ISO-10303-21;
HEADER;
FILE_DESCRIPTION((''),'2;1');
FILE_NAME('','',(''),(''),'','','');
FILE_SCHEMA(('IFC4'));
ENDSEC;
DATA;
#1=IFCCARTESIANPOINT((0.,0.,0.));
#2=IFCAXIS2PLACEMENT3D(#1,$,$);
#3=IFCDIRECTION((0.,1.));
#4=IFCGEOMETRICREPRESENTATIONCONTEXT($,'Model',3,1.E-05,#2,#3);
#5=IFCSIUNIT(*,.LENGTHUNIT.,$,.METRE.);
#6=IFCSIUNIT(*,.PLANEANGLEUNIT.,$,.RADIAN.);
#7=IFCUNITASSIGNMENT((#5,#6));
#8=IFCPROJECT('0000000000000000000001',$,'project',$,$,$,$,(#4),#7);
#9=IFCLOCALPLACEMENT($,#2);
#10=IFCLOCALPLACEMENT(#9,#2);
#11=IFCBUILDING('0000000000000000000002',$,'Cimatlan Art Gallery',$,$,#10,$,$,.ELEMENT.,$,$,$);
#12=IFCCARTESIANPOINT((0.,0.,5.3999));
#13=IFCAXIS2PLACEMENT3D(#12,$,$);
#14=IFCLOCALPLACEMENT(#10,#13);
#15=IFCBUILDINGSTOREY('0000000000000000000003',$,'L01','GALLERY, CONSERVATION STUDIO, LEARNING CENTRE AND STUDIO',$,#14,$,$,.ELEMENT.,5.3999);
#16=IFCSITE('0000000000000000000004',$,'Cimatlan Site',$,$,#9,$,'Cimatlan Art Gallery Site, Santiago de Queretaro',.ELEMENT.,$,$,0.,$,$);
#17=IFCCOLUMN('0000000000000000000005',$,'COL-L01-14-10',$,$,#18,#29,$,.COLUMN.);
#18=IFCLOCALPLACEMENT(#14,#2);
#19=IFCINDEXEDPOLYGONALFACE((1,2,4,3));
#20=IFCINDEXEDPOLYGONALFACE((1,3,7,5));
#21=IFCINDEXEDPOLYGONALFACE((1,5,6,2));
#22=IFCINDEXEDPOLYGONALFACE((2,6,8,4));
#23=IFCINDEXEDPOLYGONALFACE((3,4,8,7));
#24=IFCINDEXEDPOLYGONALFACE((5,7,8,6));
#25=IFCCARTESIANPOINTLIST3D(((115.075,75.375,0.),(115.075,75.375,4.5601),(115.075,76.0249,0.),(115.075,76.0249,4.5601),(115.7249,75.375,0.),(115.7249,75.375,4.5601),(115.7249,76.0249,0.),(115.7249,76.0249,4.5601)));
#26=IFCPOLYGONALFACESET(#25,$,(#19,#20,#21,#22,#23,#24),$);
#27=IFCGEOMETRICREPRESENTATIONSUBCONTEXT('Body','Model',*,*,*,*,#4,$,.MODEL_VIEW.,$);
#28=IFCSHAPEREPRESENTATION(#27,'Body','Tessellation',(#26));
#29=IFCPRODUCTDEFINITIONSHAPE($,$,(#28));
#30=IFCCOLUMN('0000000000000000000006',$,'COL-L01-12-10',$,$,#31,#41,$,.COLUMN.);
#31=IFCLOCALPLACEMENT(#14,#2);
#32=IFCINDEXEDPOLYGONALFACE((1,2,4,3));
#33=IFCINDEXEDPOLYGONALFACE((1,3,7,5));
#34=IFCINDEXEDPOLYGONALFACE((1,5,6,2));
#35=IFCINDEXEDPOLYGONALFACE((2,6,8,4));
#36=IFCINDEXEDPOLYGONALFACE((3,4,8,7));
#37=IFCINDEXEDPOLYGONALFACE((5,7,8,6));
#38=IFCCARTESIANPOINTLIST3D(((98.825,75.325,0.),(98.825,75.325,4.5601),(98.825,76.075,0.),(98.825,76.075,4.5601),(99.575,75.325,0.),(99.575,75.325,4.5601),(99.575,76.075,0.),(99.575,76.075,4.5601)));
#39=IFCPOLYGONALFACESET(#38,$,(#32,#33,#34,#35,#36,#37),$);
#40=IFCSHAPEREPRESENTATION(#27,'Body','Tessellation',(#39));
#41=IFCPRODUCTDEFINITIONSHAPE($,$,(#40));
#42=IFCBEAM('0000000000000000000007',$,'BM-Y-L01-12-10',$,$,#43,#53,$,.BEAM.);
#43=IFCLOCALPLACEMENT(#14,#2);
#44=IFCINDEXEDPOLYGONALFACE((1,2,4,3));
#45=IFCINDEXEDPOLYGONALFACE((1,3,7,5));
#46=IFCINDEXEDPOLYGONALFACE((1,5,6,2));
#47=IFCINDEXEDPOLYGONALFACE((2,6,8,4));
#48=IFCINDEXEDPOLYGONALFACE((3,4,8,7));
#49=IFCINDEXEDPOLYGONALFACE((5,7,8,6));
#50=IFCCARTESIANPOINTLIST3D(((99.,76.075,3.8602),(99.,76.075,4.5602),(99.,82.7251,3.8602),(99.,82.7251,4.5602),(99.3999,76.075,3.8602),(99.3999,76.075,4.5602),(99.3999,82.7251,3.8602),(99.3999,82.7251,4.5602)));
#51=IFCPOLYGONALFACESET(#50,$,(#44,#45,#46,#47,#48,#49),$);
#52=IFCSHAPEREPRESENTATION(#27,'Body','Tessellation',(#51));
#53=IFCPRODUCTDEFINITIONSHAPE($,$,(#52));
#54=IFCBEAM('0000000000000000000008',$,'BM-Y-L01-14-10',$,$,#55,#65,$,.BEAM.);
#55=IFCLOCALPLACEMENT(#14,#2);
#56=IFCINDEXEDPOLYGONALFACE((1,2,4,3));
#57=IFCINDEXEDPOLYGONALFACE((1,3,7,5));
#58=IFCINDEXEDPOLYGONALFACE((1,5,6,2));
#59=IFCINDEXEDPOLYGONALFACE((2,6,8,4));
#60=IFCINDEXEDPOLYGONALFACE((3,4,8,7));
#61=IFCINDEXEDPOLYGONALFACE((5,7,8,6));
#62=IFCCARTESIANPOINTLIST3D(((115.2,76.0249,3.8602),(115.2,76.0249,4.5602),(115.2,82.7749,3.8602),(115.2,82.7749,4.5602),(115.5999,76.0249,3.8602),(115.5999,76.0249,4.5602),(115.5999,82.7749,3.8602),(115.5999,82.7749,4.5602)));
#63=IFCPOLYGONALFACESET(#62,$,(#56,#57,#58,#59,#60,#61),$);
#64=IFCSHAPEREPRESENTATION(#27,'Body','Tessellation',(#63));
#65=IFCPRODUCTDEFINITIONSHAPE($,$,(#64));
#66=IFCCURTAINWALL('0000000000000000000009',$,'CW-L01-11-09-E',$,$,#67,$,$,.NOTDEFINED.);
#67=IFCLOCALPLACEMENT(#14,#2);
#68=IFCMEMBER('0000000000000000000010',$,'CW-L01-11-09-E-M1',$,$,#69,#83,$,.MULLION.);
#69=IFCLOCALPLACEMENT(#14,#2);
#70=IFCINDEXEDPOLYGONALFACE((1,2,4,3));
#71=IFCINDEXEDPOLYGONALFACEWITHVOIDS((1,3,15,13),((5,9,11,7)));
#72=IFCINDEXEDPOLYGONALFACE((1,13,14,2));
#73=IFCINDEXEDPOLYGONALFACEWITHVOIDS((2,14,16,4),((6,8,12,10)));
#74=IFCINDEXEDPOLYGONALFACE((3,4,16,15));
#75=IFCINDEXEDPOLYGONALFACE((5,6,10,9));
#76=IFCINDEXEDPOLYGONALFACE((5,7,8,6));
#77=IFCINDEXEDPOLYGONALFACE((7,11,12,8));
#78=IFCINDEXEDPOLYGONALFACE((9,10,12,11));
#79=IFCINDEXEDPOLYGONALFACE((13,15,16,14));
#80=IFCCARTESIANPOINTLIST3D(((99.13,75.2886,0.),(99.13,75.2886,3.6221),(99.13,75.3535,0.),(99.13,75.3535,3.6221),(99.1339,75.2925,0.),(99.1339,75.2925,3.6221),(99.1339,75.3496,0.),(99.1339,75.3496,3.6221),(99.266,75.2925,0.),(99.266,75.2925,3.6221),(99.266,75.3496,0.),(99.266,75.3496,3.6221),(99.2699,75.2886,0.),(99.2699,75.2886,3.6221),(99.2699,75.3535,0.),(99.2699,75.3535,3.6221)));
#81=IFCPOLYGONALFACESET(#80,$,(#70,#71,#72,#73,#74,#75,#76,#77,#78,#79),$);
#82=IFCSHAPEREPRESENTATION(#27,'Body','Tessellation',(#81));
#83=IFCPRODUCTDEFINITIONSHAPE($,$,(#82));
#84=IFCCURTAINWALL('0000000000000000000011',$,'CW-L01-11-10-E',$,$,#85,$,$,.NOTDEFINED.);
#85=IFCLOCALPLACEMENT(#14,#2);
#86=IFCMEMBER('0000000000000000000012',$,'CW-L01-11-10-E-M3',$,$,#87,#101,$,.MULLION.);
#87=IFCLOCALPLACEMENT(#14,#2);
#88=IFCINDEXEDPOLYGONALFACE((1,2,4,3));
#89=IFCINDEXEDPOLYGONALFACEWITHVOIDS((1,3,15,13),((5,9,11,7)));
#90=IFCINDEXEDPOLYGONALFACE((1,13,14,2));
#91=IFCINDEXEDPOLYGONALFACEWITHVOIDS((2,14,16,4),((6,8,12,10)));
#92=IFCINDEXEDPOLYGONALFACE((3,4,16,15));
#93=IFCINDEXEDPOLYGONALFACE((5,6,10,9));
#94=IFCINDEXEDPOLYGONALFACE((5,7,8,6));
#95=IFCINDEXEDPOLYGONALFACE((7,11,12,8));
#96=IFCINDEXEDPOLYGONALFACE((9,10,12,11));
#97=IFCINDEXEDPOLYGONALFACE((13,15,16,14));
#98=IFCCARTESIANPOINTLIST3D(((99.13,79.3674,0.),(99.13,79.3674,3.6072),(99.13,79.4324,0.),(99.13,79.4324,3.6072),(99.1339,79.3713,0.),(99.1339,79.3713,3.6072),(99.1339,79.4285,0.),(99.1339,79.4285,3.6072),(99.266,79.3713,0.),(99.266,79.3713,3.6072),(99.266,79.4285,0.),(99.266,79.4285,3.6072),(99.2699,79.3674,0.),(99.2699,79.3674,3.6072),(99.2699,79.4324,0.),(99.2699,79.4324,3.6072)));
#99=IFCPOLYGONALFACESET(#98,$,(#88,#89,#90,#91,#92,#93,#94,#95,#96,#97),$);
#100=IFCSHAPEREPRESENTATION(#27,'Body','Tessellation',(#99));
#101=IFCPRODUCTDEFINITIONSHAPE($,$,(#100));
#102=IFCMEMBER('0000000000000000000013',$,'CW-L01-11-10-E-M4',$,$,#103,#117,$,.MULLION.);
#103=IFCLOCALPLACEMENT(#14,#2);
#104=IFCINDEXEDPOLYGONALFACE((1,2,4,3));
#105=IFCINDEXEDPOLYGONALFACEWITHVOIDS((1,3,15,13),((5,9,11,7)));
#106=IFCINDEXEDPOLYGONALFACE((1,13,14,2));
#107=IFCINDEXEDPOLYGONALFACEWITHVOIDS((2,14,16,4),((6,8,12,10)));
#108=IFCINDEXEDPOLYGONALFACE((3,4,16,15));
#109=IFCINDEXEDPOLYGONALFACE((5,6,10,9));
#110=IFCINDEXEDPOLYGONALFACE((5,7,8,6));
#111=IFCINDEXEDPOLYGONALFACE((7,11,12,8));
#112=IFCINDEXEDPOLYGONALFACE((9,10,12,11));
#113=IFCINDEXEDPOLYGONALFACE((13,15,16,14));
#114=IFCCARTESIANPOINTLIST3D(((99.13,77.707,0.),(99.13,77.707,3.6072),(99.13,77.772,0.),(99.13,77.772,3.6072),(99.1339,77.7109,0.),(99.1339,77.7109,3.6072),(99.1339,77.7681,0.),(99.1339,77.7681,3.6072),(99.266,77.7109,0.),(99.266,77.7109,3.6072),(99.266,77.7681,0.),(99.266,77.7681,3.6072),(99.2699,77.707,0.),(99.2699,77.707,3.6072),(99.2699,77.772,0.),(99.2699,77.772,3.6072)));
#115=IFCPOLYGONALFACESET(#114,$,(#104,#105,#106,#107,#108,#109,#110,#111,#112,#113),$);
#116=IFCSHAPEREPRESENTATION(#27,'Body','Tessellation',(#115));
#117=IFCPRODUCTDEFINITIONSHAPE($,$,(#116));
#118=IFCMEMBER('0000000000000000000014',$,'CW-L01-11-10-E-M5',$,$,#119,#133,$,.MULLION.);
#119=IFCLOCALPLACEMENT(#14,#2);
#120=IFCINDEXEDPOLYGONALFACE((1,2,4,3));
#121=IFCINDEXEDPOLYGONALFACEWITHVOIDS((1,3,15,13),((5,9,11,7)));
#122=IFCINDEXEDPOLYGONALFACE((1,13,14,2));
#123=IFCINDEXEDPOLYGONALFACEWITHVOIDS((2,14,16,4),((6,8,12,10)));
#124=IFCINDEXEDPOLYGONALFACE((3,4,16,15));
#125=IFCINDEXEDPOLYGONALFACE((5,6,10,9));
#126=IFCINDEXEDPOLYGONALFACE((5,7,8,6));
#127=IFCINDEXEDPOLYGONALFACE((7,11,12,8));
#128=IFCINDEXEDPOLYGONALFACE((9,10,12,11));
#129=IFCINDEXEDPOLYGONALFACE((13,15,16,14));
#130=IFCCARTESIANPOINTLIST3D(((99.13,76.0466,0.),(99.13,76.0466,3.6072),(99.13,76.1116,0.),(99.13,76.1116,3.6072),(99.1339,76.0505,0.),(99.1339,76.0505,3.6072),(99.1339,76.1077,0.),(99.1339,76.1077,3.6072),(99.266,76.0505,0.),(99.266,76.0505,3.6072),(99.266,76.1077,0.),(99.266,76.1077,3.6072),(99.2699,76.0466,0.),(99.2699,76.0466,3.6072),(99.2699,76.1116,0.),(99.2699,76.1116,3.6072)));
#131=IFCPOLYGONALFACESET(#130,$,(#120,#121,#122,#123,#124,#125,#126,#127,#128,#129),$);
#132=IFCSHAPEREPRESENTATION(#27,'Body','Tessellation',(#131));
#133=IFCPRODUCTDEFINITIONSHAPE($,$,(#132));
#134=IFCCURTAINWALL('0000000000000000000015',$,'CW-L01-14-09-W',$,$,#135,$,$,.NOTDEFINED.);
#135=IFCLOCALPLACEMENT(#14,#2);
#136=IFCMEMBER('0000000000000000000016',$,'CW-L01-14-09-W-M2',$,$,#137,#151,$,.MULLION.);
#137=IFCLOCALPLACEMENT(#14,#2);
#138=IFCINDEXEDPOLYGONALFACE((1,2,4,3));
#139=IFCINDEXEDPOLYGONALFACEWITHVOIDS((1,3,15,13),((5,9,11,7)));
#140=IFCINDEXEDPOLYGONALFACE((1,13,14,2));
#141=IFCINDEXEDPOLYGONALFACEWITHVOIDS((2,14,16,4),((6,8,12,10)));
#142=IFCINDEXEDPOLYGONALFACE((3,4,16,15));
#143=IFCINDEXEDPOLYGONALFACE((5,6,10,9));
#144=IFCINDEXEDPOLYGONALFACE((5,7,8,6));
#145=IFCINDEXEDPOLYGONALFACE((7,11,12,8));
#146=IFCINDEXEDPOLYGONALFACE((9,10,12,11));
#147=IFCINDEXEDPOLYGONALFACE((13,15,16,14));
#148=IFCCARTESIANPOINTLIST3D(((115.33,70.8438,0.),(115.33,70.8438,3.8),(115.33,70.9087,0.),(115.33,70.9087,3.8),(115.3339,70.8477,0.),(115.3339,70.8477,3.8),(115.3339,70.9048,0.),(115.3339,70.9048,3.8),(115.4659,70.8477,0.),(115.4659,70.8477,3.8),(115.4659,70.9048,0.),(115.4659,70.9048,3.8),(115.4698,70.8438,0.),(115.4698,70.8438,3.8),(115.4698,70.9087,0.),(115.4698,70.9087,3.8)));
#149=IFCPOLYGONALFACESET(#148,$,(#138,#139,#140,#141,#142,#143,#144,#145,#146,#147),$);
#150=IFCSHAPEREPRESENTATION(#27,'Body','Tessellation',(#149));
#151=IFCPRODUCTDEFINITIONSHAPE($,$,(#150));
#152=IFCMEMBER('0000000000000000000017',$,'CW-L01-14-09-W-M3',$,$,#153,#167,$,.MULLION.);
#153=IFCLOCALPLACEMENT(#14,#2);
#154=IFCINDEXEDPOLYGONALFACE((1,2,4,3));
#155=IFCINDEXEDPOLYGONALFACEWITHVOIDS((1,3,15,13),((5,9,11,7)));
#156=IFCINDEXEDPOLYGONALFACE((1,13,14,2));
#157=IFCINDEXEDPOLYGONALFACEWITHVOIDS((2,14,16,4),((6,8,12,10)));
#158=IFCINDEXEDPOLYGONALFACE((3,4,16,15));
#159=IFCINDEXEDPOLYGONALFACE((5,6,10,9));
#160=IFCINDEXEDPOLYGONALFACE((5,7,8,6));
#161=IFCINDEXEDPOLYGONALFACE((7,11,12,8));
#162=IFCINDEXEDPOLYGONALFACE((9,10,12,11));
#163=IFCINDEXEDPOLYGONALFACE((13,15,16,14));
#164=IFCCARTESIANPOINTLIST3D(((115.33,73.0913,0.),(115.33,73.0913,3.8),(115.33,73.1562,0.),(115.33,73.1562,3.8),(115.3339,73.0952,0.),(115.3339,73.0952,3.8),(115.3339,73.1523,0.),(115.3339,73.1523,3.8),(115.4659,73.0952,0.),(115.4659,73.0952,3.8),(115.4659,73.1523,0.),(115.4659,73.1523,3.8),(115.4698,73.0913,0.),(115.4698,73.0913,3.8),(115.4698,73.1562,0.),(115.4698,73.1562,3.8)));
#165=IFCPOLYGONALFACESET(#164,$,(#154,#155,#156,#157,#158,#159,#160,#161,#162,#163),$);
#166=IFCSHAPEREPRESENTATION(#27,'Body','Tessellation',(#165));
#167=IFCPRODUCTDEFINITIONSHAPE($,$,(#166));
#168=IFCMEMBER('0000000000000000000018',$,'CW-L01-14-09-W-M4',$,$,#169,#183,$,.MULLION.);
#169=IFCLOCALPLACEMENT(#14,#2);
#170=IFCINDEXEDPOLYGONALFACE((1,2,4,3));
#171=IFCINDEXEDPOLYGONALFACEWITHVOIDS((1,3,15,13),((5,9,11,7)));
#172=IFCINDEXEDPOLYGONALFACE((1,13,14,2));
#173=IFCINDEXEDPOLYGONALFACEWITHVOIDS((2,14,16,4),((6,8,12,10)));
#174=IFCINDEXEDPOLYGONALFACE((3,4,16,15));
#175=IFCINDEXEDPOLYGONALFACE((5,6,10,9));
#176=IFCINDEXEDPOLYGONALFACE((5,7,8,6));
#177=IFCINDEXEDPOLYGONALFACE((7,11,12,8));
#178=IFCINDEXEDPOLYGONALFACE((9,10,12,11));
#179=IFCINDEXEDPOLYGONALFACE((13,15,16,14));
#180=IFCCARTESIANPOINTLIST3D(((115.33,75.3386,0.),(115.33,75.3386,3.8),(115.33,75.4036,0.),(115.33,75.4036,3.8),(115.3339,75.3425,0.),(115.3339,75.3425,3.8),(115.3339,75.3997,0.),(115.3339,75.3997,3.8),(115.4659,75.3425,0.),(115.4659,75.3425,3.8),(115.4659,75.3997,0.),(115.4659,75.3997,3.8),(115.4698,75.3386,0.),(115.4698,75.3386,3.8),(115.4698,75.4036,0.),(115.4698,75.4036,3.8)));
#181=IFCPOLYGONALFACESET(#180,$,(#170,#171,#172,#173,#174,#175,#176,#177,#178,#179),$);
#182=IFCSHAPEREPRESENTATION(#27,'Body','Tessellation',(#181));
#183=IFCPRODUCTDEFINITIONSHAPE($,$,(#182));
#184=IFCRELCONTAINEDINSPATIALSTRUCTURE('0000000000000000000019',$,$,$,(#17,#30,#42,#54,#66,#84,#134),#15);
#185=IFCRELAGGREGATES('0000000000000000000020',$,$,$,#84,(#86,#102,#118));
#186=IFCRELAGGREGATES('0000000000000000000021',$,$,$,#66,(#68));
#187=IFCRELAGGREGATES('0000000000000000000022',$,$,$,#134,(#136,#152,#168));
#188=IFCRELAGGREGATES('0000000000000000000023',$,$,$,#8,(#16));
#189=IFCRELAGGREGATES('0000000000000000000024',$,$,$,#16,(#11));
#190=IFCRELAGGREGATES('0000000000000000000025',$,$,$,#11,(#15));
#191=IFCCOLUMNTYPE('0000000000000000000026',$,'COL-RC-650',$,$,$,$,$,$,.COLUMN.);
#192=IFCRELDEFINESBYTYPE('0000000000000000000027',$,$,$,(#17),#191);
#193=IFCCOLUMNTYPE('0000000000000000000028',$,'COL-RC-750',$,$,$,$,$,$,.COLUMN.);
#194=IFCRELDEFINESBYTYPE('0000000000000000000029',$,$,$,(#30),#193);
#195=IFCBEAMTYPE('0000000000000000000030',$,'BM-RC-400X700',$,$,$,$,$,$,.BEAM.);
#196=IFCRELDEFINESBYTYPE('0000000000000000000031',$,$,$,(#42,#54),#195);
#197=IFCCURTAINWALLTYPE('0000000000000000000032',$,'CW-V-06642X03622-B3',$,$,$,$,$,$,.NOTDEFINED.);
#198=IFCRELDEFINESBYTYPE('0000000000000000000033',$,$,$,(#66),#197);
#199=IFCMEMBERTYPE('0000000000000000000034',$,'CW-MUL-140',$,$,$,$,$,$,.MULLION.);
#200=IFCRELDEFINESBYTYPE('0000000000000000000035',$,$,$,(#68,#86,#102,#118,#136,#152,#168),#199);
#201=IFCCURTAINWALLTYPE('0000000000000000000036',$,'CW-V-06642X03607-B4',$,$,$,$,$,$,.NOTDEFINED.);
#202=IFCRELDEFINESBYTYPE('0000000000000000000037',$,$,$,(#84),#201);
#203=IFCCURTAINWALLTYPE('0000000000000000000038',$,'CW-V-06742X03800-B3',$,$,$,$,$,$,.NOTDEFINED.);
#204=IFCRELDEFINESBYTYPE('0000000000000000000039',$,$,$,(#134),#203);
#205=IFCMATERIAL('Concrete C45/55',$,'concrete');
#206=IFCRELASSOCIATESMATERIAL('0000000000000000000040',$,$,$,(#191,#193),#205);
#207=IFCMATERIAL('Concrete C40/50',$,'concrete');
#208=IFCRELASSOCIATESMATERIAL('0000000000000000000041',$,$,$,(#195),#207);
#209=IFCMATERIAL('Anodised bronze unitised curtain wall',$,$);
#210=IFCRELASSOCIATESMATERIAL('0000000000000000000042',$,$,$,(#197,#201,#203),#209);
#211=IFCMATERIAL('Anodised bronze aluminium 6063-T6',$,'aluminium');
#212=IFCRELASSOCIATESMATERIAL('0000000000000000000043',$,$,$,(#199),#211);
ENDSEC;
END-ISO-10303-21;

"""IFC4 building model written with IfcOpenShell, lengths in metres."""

from ifc_helpers import new_model, si_unit, direction, frame, origin, origin_2d, place, context, subcontext, project, spatial, rectangle, hollow_rectangle, extrude, material, material_profile, profile_set, type_object, element, aggregate, save


model = new_model("IFC4")

# Units and contexts
model_context = context("Model", 3, precision=1e-05, world=origin(), true_north=direction((0.0, 1.0)))
body_context = subcontext(model_context, "Body", "Model", "MODEL_VIEW")
ifc_project = project(units=[si_unit("LENGTHUNIT", "METRE"), si_unit("PLANEANGLEUNIT", "RADIAN")], contexts=[model_context])

# Site, building, storey
site_placement = place(None, origin())
site = spatial("IfcSite", under=ifc_project, at=site_placement, Name="Cimatlan Site", LongName="Cimatlan Art Gallery Site, Santiago de Queretaro", CompositionType="ELEMENT", RefElevation=0.0)
building_placement = place(site_placement, origin())
building = spatial("IfcBuilding", under=site, at=building_placement, Name="Cimatlan Art Gallery", CompositionType="ELEMENT")
storey_placement = place(building_placement, frame((0.0, 0.0, 5.3999)))
storey = spatial("IfcBuildingStorey", under=building, at=storey_placement, Name="L01", Description="GALLERY, CONSERVATION STUDIO, LEARNING CENTRE AND STUDIO", CompositionType="ELEMENT", Elevation=5.3999)

# Columns
ifc_material_1 = material(Name="Concrete C45/55", Category="concrete")
ifc_material_profile_1 = material_profile(ifc_material_1, rectangle(XDim=0.6499, YDim=0.6499, at=origin_2d()), Name="RC650X650")
ifc_profile_set_1 = profile_set([ifc_material_profile_1], Name="Concrete C45/55")
column_type_1 = type_object("IfcColumnType", Name="COL-RC-650", PredefinedType="COLUMN", material=ifc_profile_set_1)
column_1_placement = place(storey_placement, frame((115.3999, 75.7, 0.0), z_axis=(0.0, 0.0, 1.0), x_axis=(1.0, 0.0, 0.0)))
element("IfcColumn", 1, at=column_1_placement, inside=storey, type_object=column_type_1, Name="COL-L01-14-10", PredefinedType="COLUMN", context=body_context, shape_type="SweptSolid", body=[
    extrude(rectangle(XDim=0.6499, YDim=0.6499, at=origin_2d()), origin(), (0.0, 0.0, 1.0), 4.5601),
])
ifc_material_profile_2 = material_profile(ifc_material_1, rectangle(XDim=0.75, YDim=0.75, at=origin_2d()), Name="RC750X750")
ifc_profile_set_2 = profile_set([ifc_material_profile_2], Name="Concrete C45/55")
column_type_2 = type_object("IfcColumnType", Name="COL-RC-750", PredefinedType="COLUMN", material=ifc_profile_set_2)
column_2_placement = place(storey_placement, frame((99.2, 75.7, 0.0), z_axis=(0.0, 0.0, 1.0), x_axis=(1.0, 0.0, 0.0)))
element("IfcColumn", 2, at=column_2_placement, inside=storey, type_object=column_type_2, Name="COL-L01-12-10", PredefinedType="COLUMN", context=body_context, shape_type="SweptSolid", body=[
    extrude(rectangle(XDim=0.75, YDim=0.75, at=origin_2d()), origin(), (0.0, 0.0, 1.0), 4.5601),
])

# Beams
ifc_material_2 = material(Name="Concrete C40/50", Category="concrete")
ifc_material_profile_3 = material_profile(ifc_material_2, rectangle(XDim=0.3999, YDim=0.7, at=origin_2d()), Name="RC400X700")
ifc_profile_set_3 = profile_set([ifc_material_profile_3], Name="Concrete C40/50")
beam_type = type_object("IfcBeamType", Name="BM-RC-400X700", PredefinedType="BEAM", material=ifc_profile_set_3)
beam_1_placement = place(storey_placement, frame((99.2, 76.075, 4.2102), z_axis=(0.0, 1.0, 0.0), x_axis=(-1.0, 0.0, 0.0)))
element("IfcBeam", 3, at=beam_1_placement, inside=storey, type_object=beam_type, Name="BM-Y-L01-12-10", PredefinedType="BEAM", context=body_context, shape_type="SweptSolid", body=[
    extrude(rectangle(XDim=0.3999, YDim=0.7, at=origin_2d()), origin(), (0.0, 0.0, 1.0), 6.6501),
])
beam_2_placement = place(storey_placement, frame((115.3999, 76.0249, 4.2102), z_axis=(0.0, 1.0, 0.0), x_axis=(-1.0, 0.0, 0.0)))
element("IfcBeam", 4, at=beam_2_placement, inside=storey, type_object=beam_type, Name="BM-Y-L01-14-10", PredefinedType="BEAM", context=body_context, shape_type="SweptSolid", body=[
    extrude(rectangle(XDim=0.3999, YDim=0.7, at=origin_2d()), origin(), (0.0, 0.0, 1.0), 6.75),
])

# Curtain wall, member
ifc_material_3 = material(Name="Anodised bronze unitised curtain wall")
curtain_wall_type_1 = type_object("IfcCurtainWallType", Name="CW-V-06642X03622-B3", PredefinedType="NOTDEFINED", material=ifc_material_3)
curtain_wall_1_placement = place(storey_placement, origin())
curtain_wall_1 = element("IfcCurtainWall", 5, at=curtain_wall_1_placement, inside=storey, type_object=curtain_wall_type_1, Name="CW-L01-11-09-E", PredefinedType="NOTDEFINED")
ifc_material_4 = material(Name="Anodised bronze aluminium 6063-T6", Category="aluminium")
ifc_material_profile_4 = material_profile(ifc_material_4, hollow_rectangle(XDim=0.0649, YDim=0.1399, WallThickness=0.0039, at=origin_2d()), Name="ALU65X140X4")
ifc_profile_set_4 = profile_set([ifc_material_profile_4], Name="Anodised bronze aluminium 6063-T6")
member_type_1 = type_object("IfcMemberType", Name="CW-MUL-140", PredefinedType="MULLION", material=ifc_profile_set_4)
member_1_placement = place(storey_placement, frame((99.2, 75.321, 0.0), z_axis=(0.0, 0.0, 1.0), x_axis=(0.0, 1.0, 0.0)))
member_1 = element("IfcMember", 6, at=member_1_placement, type_object=member_type_1, Name="CW-L01-11-09-E-M1", PredefinedType="MULLION", context=body_context, shape_type="SweptSolid", body=[
    extrude(hollow_rectangle(XDim=0.0649, YDim=0.1399, WallThickness=0.0039, at=origin_2d()), origin(), (0.0, 0.0, 1.0), 3.6221),
])

# Curtain walls, members
curtain_wall_type_2 = type_object("IfcCurtainWallType", Name="CW-V-06642X03607-B4", PredefinedType="NOTDEFINED", material=ifc_material_3)
curtain_wall_2_placement = place(storey_placement, origin())
curtain_wall_2 = element("IfcCurtainWall", 7, at=curtain_wall_2_placement, inside=storey, type_object=curtain_wall_type_2, Name="CW-L01-11-10-E", PredefinedType="NOTDEFINED")
member_2_placement = place(storey_placement, frame((99.2, 79.3999, 0.0), z_axis=(0.0, 0.0, 1.0), x_axis=(0.0, 1.0, 0.0)))
member_2 = element("IfcMember", 8, at=member_2_placement, type_object=member_type_1, Name="CW-L01-11-10-E-M3", PredefinedType="MULLION", context=body_context, shape_type="SweptSolid", body=[
    extrude(hollow_rectangle(XDim=0.0649, YDim=0.1399, WallThickness=0.0039, at=origin_2d()), origin(), (0.0, 0.0, 1.0), 3.6072),
])
member_3_placement = place(storey_placement, frame((99.2, 77.7395, 0.0), z_axis=(0.0, 0.0, 1.0), x_axis=(0.0, 1.0, 0.0)))
member_3 = element("IfcMember", 9, at=member_3_placement, type_object=member_type_1, Name="CW-L01-11-10-E-M4", PredefinedType="MULLION", context=body_context, shape_type="SweptSolid", body=[
    extrude(hollow_rectangle(XDim=0.0649, YDim=0.1399, WallThickness=0.0039, at=origin_2d()), origin(), (0.0, 0.0, 1.0), 3.6072),
])
member_4_placement = place(storey_placement, frame((99.2, 76.0791, 0.0), z_axis=(0.0, 0.0, 1.0), x_axis=(0.0, 1.0, 0.0)))
member_4 = element("IfcMember", 10, at=member_4_placement, type_object=member_type_1, Name="CW-L01-11-10-E-M5", PredefinedType="MULLION", context=body_context, shape_type="SweptSolid", body=[
    extrude(hollow_rectangle(XDim=0.0649, YDim=0.1399, WallThickness=0.0039, at=origin_2d()), origin(), (0.0, 0.0, 1.0), 3.6072),
])
curtain_wall_type_3 = type_object("IfcCurtainWallType", Name="CW-V-06742X03800-B3", PredefinedType="NOTDEFINED", material=ifc_material_3)
curtain_wall_3_placement = place(storey_placement, origin())
curtain_wall_3 = element("IfcCurtainWall", 11, at=curtain_wall_3_placement, inside=storey, type_object=curtain_wall_type_3, Name="CW-L01-14-09-W", PredefinedType="NOTDEFINED")
member_5_placement = place(storey_placement, frame((115.3999, 70.8762, 0.0), z_axis=(0.0, 0.0, 1.0), x_axis=(0.0, 1.0, 0.0)))
member_5 = element("IfcMember", 12, at=member_5_placement, type_object=member_type_1, Name="CW-L01-14-09-W-M2", PredefinedType="MULLION", context=body_context, shape_type="SweptSolid", body=[
    extrude(hollow_rectangle(XDim=0.0649, YDim=0.1399, WallThickness=0.0039, at=origin_2d()), origin(), (0.0, 0.0, 1.0), 3.8),
])
member_6_placement = place(storey_placement, frame((115.3999, 73.1238, 0.0), z_axis=(0.0, 0.0, 1.0), x_axis=(0.0, 1.0, 0.0)))
member_6 = element("IfcMember", 13, at=member_6_placement, type_object=member_type_1, Name="CW-L01-14-09-W-M3", PredefinedType="MULLION", context=body_context, shape_type="SweptSolid", body=[
    extrude(hollow_rectangle(XDim=0.0649, YDim=0.1399, WallThickness=0.0039, at=origin_2d()), origin(), (0.0, 0.0, 1.0), 3.8),
])
member_7_placement = place(storey_placement, frame((115.3999, 75.3711, 0.0), z_axis=(0.0, 0.0, 1.0), x_axis=(0.0, 1.0, 0.0)))
member_7 = element("IfcMember", 14, at=member_7_placement, type_object=member_type_1, Name="CW-L01-14-09-W-M4", PredefinedType="MULLION", context=body_context, shape_type="SweptSolid", body=[
    extrude(hollow_rectangle(XDim=0.0649, YDim=0.1399, WallThickness=0.0039, at=origin_2d()), origin(), (0.0, 0.0, 1.0), 3.8),
])

aggregate(curtain_wall_2, [member_2, member_3, member_4])
aggregate(curtain_wall_1, [member_1])
aggregate(curtain_wall_3, [member_5, member_6, member_7])

save(model, "model.ifc")
